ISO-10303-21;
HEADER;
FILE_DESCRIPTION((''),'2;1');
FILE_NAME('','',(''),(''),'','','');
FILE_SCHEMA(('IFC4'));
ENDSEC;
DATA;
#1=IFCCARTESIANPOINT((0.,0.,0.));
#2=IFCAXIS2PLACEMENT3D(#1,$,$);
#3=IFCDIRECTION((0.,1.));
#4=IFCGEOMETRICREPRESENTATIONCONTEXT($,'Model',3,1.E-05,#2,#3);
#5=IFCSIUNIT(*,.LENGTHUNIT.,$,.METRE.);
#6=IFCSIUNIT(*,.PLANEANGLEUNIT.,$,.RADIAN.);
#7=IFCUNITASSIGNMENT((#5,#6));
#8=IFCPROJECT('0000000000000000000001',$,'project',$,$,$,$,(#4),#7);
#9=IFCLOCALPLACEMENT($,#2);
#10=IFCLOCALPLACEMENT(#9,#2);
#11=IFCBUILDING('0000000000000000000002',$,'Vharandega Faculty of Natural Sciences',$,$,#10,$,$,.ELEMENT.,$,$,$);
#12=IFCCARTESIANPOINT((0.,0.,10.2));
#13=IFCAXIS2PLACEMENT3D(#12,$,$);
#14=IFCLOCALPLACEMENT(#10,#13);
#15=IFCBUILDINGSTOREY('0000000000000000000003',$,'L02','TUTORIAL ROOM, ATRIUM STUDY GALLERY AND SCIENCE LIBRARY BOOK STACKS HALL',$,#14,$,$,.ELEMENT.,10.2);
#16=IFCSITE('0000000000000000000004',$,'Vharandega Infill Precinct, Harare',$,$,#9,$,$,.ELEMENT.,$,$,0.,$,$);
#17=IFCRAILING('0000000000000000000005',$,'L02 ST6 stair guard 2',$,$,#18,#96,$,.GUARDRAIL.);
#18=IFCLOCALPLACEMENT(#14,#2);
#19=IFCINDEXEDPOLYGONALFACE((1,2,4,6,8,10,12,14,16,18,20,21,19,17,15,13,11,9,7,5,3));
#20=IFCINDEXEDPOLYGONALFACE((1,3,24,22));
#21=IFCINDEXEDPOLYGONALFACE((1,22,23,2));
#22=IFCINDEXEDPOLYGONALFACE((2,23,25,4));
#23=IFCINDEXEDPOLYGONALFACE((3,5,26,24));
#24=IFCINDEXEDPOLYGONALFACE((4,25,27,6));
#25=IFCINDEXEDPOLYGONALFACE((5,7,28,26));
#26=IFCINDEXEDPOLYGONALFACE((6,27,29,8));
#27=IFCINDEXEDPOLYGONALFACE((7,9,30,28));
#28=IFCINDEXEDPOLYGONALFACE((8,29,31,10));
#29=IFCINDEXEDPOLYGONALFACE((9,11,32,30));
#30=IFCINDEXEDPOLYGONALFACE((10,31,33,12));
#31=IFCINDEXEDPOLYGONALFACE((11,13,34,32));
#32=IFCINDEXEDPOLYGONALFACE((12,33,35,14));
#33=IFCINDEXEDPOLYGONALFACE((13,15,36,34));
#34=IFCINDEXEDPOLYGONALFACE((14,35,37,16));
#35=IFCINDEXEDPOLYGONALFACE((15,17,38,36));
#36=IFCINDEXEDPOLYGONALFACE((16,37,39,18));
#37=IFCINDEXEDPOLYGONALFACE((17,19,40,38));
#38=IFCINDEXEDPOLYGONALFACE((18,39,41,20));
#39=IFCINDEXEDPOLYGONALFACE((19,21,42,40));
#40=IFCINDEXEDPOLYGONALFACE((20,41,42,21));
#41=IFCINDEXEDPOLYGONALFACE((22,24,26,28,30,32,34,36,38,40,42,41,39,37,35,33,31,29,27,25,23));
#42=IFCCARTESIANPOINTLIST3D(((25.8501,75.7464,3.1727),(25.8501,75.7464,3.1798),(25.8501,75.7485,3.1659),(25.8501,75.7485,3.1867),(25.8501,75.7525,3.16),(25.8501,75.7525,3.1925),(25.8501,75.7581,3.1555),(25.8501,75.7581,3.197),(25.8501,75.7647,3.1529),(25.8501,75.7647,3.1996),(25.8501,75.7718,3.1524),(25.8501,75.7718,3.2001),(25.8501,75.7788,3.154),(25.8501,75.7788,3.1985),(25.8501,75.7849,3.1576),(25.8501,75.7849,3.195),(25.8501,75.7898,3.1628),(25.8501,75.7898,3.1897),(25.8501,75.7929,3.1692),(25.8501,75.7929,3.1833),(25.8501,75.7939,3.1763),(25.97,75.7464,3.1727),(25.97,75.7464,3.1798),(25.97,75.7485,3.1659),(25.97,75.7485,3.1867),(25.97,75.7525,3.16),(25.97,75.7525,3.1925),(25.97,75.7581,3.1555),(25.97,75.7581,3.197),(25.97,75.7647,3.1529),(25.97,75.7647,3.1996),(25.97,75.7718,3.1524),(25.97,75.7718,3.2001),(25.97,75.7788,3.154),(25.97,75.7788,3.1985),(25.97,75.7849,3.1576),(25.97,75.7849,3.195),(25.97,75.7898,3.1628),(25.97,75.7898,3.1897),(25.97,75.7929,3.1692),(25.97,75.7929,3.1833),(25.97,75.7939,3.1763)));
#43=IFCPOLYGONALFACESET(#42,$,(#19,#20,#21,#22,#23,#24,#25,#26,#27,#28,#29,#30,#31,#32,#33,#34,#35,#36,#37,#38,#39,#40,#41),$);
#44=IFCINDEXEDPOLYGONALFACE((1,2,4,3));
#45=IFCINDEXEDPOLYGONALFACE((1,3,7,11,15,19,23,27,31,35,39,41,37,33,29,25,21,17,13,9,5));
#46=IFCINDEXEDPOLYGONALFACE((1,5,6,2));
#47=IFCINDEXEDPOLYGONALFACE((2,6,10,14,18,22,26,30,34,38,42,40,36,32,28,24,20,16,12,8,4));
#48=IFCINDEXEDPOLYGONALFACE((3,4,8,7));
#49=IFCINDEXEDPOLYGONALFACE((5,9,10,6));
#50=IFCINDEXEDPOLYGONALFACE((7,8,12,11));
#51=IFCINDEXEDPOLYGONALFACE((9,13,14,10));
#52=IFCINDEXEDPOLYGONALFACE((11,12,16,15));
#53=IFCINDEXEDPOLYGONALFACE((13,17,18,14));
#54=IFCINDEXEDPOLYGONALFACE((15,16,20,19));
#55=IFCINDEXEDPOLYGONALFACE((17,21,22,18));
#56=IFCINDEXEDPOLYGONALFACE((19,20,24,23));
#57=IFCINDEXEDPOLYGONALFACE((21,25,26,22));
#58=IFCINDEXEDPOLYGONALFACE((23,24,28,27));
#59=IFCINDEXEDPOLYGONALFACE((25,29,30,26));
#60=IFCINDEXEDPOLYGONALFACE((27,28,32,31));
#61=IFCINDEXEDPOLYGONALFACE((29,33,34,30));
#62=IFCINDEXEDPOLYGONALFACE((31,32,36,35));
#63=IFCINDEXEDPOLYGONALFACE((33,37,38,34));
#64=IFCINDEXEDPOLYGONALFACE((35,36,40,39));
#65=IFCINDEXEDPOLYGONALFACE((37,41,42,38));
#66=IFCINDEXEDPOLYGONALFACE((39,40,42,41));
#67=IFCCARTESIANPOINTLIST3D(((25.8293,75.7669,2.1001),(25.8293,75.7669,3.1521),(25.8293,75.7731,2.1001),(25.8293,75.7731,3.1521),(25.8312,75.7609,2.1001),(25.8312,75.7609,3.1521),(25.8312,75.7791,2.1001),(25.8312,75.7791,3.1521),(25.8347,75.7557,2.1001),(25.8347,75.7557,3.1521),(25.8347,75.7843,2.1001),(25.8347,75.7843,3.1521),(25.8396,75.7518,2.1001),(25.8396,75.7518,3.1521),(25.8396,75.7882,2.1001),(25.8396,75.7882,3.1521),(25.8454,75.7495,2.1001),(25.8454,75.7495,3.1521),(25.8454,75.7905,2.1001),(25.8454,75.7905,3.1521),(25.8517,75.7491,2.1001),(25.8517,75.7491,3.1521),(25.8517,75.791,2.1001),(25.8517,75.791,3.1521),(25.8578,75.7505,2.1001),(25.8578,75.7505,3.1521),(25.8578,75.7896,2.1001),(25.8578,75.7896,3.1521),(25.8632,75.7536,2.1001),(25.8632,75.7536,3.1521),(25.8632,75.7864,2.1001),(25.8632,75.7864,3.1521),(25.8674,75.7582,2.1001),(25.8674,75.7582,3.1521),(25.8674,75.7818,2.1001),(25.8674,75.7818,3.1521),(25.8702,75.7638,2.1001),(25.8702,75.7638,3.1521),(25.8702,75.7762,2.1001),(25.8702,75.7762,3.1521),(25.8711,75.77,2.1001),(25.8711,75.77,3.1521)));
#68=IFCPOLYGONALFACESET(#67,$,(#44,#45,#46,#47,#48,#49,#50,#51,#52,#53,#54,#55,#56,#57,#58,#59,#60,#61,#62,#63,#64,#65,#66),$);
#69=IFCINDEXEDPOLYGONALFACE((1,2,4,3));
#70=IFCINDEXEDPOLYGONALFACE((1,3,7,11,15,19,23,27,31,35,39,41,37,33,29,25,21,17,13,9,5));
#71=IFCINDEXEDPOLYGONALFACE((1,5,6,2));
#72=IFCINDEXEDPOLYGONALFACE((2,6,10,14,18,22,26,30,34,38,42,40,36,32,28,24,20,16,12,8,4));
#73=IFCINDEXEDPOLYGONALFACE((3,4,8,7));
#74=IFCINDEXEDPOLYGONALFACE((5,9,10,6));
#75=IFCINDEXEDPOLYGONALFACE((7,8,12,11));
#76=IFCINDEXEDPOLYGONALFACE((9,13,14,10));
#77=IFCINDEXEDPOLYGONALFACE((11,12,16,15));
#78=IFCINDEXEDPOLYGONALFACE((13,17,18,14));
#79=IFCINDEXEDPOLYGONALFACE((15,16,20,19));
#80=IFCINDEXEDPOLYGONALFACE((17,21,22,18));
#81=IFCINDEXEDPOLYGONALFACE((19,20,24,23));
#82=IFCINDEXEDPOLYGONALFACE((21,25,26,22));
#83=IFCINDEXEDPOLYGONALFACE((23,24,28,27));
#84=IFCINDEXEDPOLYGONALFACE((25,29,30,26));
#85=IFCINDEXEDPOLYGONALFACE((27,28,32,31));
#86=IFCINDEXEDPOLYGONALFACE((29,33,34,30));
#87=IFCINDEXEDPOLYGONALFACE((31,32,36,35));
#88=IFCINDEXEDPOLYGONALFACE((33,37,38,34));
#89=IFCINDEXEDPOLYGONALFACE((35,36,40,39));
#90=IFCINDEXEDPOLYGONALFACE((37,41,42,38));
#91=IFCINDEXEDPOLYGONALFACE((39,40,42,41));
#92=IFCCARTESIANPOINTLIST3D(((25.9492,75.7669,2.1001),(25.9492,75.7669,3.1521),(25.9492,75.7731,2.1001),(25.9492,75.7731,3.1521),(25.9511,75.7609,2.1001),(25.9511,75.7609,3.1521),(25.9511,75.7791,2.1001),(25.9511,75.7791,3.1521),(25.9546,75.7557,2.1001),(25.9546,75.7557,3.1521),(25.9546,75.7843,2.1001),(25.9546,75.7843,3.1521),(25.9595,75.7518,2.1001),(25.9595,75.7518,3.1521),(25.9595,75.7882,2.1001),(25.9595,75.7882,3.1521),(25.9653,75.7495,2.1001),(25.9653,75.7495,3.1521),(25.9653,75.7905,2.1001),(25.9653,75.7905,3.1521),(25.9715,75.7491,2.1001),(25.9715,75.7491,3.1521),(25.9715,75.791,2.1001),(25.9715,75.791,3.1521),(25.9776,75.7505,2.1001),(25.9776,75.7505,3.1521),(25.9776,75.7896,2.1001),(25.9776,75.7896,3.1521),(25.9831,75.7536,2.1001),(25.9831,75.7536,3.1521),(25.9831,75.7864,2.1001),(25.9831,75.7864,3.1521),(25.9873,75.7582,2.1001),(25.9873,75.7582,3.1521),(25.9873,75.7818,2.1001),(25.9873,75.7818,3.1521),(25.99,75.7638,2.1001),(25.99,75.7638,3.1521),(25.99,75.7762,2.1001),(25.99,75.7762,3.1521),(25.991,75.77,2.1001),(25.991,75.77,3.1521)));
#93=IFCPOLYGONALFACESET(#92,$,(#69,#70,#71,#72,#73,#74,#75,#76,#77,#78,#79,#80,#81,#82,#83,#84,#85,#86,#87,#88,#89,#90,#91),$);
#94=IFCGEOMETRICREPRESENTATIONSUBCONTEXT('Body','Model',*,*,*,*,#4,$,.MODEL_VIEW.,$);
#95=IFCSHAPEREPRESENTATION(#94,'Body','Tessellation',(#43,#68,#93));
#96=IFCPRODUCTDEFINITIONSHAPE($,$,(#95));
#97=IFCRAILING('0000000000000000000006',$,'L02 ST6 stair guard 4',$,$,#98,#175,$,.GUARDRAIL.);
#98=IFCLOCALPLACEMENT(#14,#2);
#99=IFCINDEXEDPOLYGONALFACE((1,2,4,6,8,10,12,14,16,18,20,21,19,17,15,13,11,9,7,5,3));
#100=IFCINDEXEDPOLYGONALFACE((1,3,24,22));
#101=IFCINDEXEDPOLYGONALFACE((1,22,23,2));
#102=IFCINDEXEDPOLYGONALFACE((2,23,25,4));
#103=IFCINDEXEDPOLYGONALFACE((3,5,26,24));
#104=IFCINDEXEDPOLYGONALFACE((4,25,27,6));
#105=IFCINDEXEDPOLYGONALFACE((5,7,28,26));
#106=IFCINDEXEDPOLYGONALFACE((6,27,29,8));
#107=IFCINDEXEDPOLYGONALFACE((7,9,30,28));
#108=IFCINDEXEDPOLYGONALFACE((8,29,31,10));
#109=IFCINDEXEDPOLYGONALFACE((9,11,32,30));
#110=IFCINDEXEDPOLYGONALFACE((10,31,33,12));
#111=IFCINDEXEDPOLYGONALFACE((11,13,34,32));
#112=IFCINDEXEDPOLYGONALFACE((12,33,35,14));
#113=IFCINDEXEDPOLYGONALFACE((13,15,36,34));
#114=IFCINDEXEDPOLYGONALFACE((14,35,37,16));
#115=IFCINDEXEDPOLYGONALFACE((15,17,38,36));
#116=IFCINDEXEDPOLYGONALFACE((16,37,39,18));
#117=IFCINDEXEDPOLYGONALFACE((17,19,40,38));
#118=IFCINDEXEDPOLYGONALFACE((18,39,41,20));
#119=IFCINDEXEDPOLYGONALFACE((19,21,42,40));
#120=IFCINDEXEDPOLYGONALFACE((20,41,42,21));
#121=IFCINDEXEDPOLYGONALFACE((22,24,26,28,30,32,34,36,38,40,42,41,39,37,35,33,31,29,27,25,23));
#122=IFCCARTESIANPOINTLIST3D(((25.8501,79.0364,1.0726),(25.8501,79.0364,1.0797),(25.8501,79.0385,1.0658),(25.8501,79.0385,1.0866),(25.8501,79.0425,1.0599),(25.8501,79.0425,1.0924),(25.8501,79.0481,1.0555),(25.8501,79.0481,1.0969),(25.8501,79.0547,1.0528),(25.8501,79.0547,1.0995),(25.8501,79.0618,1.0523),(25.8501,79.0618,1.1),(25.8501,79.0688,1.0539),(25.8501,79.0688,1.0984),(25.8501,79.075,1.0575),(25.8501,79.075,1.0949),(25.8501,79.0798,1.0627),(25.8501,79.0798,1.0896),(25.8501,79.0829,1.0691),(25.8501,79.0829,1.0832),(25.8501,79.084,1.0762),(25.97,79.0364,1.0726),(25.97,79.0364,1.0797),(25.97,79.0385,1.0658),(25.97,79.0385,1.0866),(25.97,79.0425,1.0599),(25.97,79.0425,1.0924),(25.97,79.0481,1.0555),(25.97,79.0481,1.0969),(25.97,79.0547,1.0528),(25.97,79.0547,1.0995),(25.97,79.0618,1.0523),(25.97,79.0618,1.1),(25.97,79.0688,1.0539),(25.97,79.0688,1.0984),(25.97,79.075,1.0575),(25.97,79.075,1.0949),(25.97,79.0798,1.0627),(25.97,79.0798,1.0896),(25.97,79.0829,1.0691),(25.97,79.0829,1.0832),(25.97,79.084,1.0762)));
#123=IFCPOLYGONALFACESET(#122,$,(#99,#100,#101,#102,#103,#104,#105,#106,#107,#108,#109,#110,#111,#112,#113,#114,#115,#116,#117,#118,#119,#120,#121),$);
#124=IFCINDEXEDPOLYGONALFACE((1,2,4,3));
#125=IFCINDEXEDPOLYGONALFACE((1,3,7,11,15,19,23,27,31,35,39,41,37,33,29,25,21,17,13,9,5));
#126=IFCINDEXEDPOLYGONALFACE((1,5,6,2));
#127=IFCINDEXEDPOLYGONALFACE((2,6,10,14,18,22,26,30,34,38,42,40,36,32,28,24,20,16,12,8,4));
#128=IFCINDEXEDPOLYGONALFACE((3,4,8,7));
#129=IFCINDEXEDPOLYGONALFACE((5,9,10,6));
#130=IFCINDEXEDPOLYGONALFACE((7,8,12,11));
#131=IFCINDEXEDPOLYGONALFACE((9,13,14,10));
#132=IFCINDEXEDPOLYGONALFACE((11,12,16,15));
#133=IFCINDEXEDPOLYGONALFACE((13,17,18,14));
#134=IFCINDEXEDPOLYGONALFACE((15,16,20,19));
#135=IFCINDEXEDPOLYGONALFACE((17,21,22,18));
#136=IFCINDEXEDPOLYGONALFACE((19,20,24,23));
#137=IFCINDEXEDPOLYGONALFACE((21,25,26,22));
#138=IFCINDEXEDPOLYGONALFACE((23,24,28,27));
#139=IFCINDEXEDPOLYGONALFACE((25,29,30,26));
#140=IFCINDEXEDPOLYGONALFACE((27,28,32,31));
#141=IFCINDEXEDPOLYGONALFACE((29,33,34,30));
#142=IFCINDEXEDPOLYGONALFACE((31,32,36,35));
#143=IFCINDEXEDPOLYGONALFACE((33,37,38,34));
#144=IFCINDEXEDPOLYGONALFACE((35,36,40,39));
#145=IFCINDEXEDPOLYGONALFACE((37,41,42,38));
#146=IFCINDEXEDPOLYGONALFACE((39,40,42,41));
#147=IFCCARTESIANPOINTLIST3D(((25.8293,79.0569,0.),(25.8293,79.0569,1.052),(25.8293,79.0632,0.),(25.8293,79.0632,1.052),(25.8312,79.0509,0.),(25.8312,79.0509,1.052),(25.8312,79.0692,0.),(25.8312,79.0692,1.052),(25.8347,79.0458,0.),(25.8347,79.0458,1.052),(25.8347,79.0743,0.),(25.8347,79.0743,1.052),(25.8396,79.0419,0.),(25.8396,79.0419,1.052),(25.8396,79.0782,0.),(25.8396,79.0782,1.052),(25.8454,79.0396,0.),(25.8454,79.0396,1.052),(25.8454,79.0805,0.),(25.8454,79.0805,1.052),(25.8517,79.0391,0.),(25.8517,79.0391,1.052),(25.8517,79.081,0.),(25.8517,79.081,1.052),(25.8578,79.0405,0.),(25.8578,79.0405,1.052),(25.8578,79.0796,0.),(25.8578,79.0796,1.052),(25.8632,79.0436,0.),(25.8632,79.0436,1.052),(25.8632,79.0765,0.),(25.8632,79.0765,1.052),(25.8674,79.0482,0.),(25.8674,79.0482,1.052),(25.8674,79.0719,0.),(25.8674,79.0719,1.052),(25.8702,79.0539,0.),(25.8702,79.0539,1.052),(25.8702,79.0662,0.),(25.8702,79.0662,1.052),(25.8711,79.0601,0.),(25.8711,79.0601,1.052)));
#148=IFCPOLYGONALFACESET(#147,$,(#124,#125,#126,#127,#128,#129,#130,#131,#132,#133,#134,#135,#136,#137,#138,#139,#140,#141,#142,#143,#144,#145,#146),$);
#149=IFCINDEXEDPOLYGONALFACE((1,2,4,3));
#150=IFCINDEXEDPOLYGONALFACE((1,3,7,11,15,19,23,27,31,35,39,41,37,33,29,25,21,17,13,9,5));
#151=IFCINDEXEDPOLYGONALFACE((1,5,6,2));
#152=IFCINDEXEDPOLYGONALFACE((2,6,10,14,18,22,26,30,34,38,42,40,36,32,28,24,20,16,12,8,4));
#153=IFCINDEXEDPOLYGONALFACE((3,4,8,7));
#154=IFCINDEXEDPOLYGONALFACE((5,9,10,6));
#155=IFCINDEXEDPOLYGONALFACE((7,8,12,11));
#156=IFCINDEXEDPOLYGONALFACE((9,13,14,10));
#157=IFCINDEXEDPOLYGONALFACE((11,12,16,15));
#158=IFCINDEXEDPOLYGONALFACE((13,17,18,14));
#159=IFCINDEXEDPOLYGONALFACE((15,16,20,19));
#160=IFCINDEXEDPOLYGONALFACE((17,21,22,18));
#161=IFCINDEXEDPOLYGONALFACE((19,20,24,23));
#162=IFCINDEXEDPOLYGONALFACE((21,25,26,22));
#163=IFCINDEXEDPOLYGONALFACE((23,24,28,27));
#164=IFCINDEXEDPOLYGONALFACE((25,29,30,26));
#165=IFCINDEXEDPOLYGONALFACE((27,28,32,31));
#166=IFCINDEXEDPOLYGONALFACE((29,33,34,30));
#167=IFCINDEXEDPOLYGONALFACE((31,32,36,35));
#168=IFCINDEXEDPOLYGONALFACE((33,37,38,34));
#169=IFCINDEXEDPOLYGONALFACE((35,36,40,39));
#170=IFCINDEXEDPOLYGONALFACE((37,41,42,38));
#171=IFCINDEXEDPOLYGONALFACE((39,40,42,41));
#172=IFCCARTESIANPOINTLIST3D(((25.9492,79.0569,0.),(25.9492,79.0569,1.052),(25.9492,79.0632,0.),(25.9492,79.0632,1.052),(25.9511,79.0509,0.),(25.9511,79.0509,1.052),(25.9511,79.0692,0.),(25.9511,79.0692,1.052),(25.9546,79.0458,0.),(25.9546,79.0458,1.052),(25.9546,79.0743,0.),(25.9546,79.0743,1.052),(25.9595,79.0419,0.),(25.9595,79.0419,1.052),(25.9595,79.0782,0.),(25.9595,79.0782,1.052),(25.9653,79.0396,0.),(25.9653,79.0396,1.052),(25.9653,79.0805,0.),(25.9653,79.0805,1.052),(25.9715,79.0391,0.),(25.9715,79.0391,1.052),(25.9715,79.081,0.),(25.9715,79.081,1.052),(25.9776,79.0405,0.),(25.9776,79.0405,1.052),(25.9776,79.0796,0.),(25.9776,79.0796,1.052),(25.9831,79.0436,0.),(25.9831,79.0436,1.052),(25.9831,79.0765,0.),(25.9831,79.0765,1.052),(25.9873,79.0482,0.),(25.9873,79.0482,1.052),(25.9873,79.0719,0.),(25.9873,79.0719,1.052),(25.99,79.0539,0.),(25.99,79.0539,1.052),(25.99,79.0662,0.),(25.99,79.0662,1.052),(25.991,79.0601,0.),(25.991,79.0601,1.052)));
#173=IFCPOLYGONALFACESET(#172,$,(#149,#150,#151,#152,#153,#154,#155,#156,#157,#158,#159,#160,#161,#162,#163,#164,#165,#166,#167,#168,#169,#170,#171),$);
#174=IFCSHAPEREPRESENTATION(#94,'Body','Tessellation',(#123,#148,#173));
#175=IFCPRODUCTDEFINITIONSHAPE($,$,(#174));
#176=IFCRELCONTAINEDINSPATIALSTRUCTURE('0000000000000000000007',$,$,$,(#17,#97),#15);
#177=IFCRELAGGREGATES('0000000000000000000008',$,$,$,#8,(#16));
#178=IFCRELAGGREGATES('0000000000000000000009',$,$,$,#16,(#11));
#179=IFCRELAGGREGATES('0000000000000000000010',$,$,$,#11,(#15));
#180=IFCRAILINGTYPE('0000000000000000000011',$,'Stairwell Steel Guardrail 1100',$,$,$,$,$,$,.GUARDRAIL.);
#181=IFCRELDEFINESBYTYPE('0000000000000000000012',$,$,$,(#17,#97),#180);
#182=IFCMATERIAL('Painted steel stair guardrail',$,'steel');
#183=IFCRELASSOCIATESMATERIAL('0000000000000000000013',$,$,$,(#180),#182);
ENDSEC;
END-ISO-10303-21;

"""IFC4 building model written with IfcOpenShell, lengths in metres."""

from ifc_helpers import new_model, si_unit, direction, frame, origin, origin_2d, place, context, subcontext, project, spatial, circle, extrude, material, type_object, element, save


model = new_model("IFC4")

# Units and contexts
model_context = context("Model", 3, precision=1e-05, world=origin(), true_north=direction((0.0, 1.0)))
body_context = subcontext(model_context, "Body", "Model", "MODEL_VIEW")
ifc_project = project(units=[si_unit("LENGTHUNIT", "METRE"), si_unit("PLANEANGLEUNIT", "RADIAN")], contexts=[model_context])

# Site, building, storey
site_placement = place(None, origin())
site = spatial("IfcSite", under=ifc_project, at=site_placement, Name="Vharandega Infill Precinct, Harare", CompositionType="ELEMENT", RefElevation=0.0)
building_placement = place(site_placement, origin())
building = spatial("IfcBuilding", under=site, at=building_placement, Name="Vharandega Faculty of Natural Sciences", CompositionType="ELEMENT")
storey_placement = place(building_placement, frame((0.0, 0.0, 10.2)))
storey = spatial("IfcBuildingStorey", under=building, at=storey_placement, Name="L02", Description="TUTORIAL ROOM, ATRIUM STUDY GALLERY AND SCIENCE LIBRARY BOOK STACKS HALL", CompositionType="ELEMENT", Elevation=10.2)

# Railings
ifc_material_1 = material(Name="Painted steel stair guardrail", Category="steel")
railing_type_1 = type_object("IfcRailingType", Name="Stairwell Steel Guardrail 1100", PredefinedType="GUARDRAIL", material=ifc_material_1)
for number, where, name in (
    (1, (25.8501, 75.77, 2.1001), "L02 ST6 stair guard 2"),
    (2, (25.8501, 79.0601, 0.0), "L02 ST6 stair guard 4"),
):
    element("IfcRailing", number, at=place(storey_placement, frame(where)), inside=storey, type_object=railing_type_1, Name=name, PredefinedType="GUARDRAIL", context=body_context, shape_type="SweptSolid", body=[
        extrude(circle(Radius=0.0239, at=origin_2d()), frame((0.0, 0.0, 1.0762), z_axis=(1.0, 0.0, 0.0), x_axis=(0.0, 1.0, 0.0)), (0.0, 0.0, 1.0), 0.1199),
        extrude(circle(Radius=0.021, at=origin_2d()), origin(), (0.0, 0.0, 1.0), 1.052),
        extrude(circle(Radius=0.021, at=origin_2d()), frame((0.1199, 0.0, 0.0)), (0.0, 0.0, 1.0), 1.052),
    ])

save(model, "model.ifc")
